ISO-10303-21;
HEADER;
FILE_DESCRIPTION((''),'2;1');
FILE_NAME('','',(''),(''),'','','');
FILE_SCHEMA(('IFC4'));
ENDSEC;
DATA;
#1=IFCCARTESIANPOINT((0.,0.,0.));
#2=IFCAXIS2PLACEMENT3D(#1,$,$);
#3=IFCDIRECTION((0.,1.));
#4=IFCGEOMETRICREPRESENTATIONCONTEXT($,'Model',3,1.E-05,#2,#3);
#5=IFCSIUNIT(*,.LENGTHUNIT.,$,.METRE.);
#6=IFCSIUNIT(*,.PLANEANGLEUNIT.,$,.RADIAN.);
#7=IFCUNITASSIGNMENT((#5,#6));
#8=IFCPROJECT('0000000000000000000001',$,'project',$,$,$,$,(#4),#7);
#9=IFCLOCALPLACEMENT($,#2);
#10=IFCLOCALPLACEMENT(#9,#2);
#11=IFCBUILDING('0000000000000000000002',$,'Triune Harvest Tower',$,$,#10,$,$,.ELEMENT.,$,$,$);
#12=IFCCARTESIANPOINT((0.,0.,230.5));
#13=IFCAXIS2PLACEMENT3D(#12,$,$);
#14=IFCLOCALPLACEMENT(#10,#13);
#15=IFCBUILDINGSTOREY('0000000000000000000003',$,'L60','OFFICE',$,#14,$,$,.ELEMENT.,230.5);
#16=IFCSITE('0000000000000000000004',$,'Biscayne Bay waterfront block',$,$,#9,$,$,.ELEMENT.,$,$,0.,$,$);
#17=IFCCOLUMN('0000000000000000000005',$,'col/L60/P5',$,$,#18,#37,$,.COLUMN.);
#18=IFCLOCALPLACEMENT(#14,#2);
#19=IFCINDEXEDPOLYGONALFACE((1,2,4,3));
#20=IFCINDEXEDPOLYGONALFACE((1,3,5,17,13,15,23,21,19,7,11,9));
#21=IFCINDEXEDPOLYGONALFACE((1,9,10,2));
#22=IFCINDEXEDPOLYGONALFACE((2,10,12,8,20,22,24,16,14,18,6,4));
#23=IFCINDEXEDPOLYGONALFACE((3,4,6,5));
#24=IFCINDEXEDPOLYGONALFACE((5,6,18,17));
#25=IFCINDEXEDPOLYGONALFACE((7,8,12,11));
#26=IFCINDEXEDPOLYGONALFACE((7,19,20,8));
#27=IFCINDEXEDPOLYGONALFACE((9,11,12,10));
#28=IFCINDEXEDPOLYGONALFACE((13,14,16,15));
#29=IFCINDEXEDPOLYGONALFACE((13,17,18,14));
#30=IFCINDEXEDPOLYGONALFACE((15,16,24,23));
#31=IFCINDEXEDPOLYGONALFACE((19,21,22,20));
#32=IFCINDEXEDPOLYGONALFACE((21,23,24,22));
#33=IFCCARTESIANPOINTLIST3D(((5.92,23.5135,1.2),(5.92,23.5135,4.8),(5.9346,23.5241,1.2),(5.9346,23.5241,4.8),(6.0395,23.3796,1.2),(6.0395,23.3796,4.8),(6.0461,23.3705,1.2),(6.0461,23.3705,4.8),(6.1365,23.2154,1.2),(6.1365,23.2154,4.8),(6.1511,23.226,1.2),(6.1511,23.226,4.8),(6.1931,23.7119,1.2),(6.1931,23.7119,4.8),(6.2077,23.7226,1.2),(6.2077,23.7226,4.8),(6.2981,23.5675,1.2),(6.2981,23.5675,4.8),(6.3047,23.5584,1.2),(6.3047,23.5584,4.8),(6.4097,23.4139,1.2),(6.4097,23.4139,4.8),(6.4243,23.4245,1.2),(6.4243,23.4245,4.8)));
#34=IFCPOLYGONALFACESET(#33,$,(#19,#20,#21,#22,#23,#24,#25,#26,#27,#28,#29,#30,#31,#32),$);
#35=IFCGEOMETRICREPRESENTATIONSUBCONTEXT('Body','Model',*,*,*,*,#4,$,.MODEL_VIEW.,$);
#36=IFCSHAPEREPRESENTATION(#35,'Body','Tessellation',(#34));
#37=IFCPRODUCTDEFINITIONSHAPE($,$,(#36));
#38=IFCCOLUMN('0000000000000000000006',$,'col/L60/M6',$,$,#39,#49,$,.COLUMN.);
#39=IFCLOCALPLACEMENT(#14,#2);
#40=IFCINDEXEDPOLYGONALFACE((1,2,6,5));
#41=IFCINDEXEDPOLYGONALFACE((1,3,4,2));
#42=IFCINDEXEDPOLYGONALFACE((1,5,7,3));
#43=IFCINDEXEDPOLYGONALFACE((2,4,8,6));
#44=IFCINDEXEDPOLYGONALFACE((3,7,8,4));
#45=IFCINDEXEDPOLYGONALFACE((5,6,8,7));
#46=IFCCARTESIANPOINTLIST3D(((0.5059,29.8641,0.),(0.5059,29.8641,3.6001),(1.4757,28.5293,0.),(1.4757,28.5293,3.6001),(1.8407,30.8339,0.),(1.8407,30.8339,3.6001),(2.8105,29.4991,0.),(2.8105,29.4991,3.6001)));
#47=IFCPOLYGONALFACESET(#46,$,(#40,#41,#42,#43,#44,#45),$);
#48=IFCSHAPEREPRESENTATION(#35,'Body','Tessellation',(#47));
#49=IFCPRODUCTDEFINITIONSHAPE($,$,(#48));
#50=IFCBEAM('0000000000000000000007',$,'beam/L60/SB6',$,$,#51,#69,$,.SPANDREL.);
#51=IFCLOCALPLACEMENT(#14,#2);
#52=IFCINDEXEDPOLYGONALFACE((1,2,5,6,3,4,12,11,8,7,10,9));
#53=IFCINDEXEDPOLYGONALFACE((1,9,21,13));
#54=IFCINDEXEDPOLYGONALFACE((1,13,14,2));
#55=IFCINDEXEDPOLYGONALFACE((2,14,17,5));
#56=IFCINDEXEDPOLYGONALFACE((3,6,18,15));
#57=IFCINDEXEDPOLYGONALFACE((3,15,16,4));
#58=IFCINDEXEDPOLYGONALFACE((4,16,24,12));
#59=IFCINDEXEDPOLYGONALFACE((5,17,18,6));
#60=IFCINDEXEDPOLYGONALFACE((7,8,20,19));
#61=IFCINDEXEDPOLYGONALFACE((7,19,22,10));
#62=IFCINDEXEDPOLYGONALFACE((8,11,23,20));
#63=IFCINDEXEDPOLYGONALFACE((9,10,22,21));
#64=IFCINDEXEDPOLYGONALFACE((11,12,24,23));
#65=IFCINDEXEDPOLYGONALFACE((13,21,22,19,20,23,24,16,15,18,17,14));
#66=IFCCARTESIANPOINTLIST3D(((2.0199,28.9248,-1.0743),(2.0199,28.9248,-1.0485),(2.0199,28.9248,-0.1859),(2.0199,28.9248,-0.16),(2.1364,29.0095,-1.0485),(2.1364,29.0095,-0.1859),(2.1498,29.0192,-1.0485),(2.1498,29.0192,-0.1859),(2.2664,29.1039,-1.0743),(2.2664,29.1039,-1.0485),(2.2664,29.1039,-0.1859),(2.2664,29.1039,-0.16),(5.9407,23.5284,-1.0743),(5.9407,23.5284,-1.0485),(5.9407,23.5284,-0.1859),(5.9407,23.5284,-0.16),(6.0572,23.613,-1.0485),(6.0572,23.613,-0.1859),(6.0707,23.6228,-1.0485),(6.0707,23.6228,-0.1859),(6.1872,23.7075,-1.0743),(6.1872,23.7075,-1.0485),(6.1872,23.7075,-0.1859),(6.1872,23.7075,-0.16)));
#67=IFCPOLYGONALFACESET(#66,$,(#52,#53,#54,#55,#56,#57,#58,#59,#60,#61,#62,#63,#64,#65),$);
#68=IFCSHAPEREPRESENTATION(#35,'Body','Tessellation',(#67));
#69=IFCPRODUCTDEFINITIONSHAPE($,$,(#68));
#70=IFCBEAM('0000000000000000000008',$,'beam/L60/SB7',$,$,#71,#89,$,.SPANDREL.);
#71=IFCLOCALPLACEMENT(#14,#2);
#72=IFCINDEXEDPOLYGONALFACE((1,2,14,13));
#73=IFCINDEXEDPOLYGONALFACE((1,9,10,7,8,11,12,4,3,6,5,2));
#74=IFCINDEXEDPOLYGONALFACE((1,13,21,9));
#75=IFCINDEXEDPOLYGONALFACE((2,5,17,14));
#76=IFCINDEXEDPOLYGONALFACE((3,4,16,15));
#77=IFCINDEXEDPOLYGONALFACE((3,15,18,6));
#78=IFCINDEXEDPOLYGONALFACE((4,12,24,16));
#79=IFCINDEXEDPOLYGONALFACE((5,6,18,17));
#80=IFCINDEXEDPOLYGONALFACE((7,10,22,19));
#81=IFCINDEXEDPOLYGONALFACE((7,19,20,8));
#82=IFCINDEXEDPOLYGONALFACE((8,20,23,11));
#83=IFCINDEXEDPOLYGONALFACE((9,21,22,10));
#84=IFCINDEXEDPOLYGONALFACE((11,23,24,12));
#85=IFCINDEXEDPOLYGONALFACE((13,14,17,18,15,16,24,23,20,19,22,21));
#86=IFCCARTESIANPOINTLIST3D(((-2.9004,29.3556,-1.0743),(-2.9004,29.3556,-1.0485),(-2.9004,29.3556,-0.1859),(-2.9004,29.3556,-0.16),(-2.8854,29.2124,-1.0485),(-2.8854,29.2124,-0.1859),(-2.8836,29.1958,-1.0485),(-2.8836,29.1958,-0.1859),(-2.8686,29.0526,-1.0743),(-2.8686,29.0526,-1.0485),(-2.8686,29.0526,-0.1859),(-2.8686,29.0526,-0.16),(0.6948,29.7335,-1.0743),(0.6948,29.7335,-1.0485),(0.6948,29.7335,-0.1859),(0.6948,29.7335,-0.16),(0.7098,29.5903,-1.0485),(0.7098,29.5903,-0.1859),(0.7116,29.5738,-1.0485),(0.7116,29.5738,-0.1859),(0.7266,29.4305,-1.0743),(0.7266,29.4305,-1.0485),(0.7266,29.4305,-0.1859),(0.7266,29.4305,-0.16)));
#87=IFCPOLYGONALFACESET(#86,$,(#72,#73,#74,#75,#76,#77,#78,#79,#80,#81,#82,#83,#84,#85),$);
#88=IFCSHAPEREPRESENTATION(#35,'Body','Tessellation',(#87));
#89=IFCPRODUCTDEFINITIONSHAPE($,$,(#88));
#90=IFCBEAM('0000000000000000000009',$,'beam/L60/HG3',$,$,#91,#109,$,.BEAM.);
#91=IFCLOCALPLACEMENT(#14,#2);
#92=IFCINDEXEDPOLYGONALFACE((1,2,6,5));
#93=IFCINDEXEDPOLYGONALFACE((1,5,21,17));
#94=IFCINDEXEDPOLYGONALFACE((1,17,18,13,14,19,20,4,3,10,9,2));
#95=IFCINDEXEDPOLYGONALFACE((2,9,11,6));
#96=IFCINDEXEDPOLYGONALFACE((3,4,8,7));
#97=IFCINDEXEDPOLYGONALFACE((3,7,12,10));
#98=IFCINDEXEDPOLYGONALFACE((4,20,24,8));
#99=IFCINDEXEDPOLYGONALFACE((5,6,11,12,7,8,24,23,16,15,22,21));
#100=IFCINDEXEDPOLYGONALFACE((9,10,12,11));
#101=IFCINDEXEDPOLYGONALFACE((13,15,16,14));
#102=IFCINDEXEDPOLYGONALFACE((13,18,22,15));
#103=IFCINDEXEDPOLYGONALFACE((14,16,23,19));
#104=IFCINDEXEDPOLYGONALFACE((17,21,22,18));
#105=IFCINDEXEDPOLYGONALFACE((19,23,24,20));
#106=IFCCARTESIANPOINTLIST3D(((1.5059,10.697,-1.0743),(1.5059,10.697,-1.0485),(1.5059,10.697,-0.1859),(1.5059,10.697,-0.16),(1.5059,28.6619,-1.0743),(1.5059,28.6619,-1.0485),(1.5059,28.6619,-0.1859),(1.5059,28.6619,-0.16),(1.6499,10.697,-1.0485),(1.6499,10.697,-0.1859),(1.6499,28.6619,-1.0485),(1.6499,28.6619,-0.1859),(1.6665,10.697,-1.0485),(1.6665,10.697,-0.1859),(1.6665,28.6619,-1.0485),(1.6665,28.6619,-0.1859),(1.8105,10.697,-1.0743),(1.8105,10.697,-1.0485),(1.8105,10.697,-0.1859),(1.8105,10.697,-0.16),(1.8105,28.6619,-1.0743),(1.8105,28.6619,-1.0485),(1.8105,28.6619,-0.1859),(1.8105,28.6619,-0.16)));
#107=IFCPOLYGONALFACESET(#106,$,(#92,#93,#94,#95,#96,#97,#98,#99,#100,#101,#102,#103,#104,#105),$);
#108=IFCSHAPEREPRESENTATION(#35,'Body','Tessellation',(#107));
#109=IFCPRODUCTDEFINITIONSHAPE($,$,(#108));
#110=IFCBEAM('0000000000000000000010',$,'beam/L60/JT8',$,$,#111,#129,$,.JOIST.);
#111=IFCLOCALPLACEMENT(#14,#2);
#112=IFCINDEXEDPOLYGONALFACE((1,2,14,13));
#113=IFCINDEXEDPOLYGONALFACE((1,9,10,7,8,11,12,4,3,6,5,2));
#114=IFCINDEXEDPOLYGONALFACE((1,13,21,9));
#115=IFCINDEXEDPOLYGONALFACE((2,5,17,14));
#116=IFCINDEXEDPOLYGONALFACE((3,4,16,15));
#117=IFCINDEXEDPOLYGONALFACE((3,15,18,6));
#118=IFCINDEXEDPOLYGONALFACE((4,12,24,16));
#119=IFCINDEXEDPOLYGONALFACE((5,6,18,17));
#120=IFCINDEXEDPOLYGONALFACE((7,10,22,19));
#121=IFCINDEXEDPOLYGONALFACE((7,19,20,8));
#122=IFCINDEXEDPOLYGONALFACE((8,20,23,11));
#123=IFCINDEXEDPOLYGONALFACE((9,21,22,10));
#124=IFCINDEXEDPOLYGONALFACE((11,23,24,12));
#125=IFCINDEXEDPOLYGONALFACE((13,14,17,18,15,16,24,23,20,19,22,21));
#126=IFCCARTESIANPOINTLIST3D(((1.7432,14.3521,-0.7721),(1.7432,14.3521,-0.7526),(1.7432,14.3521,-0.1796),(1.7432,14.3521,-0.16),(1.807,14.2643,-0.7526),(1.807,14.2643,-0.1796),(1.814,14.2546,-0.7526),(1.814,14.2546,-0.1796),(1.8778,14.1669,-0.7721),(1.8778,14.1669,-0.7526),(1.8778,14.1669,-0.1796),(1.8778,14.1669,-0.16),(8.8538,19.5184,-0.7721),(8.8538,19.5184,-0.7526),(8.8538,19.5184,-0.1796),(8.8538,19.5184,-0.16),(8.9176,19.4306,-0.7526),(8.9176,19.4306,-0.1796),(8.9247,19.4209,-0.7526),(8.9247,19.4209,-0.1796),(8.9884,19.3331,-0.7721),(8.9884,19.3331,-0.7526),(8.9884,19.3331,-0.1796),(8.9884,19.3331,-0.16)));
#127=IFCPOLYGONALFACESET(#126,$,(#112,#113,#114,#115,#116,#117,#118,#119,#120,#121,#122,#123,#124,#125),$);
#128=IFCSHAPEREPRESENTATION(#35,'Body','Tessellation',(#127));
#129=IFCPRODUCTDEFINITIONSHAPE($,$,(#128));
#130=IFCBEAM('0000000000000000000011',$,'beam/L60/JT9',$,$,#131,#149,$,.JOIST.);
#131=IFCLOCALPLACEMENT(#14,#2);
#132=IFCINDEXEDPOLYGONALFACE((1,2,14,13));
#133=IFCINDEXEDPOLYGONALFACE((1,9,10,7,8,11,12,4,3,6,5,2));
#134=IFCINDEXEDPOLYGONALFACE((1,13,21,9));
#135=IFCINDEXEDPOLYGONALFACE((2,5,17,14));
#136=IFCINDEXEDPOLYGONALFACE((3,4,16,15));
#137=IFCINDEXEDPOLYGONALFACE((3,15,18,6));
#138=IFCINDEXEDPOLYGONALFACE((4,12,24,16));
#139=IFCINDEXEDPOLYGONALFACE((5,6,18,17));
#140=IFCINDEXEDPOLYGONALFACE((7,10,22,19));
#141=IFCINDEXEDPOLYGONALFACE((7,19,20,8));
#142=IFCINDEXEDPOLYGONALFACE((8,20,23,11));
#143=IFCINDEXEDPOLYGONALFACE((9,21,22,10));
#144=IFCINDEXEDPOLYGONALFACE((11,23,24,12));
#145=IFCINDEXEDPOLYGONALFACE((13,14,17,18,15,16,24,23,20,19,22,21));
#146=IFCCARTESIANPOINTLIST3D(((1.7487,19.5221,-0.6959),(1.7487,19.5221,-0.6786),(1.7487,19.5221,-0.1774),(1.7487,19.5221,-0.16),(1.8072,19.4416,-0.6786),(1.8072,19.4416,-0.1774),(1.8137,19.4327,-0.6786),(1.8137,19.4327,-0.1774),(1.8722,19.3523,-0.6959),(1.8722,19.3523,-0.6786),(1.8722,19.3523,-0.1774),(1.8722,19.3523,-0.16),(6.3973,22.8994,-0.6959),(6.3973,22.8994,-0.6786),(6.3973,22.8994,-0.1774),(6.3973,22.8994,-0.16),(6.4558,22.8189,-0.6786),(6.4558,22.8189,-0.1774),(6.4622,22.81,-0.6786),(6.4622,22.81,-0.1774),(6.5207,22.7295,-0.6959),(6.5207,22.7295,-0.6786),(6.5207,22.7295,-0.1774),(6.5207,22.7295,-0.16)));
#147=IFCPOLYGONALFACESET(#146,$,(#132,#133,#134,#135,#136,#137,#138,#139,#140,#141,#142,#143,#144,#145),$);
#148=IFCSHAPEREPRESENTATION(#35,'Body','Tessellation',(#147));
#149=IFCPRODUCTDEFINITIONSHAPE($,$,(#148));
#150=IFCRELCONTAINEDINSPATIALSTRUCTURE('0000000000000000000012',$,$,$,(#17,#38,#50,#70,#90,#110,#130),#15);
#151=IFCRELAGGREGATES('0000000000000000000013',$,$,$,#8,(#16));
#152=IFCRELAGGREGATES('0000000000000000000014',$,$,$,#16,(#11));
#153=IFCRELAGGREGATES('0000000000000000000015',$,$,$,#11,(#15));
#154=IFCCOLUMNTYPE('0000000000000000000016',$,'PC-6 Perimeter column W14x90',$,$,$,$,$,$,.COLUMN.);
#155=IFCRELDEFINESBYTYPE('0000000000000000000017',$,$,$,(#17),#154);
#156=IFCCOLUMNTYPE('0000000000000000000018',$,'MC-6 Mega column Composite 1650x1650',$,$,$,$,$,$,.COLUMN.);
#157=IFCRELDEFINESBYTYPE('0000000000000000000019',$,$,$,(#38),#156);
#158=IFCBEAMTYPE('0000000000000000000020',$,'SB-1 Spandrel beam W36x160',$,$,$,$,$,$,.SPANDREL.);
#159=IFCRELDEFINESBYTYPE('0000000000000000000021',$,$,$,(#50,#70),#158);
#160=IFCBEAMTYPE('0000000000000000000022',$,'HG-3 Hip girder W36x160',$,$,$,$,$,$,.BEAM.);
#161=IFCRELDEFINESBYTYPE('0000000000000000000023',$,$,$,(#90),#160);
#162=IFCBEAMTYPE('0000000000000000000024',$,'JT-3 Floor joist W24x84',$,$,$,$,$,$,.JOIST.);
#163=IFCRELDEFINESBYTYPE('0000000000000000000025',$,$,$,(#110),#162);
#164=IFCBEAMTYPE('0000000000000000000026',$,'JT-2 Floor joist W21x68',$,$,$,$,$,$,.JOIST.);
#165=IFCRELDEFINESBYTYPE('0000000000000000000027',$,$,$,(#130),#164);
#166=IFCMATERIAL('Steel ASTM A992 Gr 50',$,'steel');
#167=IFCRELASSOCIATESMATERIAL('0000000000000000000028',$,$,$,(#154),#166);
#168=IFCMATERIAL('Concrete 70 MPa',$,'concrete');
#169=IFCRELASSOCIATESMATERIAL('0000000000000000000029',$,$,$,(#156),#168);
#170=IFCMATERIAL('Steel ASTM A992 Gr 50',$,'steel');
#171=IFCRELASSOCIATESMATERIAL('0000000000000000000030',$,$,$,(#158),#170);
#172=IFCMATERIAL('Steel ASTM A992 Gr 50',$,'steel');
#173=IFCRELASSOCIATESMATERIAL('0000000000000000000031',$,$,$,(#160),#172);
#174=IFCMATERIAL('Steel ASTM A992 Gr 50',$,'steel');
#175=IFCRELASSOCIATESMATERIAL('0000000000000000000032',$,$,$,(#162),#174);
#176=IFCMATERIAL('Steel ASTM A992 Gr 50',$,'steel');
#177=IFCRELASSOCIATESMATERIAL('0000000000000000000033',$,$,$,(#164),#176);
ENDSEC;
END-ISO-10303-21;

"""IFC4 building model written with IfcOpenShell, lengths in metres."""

from ifc_helpers import new_model, si_unit, direction, frame, origin, origin_2d, place, context, subcontext, project, spatial, rectangle, i_section, extrude, source, transform, mapped, material, material_profile, profile_set, type_object, element, save


model = new_model("IFC4")

# Units and contexts
model_context = context("Model", 3, precision=1e-05, world=origin(), true_north=direction((0.0, 1.0)))
body_context = subcontext(model_context, "Body", "Model", "MODEL_VIEW")
ifc_project = project(units=[si_unit("LENGTHUNIT", "METRE"), si_unit("PLANEANGLEUNIT", "RADIAN")], contexts=[model_context])

# Site, building, storey
site_placement = place(None, origin())
site = spatial("IfcSite", under=ifc_project, at=site_placement, Name="Biscayne Bay waterfront block", CompositionType="ELEMENT", RefElevation=0.0)
building_placement = place(site_placement, origin())
building = spatial("IfcBuilding", under=site, at=building_placement, Name="Triune Harvest Tower", CompositionType="ELEMENT")
storey_placement = place(building_placement, frame((0.0, 0.0, 230.5)))
storey = spatial("IfcBuildingStorey", under=building, at=storey_placement, Name="L60", Description="OFFICE", CompositionType="ELEMENT", Elevation=230.5)

# Columns
ifc_material_1 = material(Name="Steel ASTM A992 Gr 50", Category="steel")
ifc_material_profile_1 = material_profile(ifc_material_1, i_section(OverallWidth=0.3684, OverallDepth=0.3557, WebThickness=0.0112, FlangeThickness=0.0181, at=origin_2d()), Name="W14x90")
ifc_profile_set_1 = profile_set([ifc_material_profile_1], Name="Steel ASTM A992 Gr 50")
column_type_1 = type_object("IfcColumnType", Name="PC-6 Perimeter column W14x90", PredefinedType="COLUMN", material=ifc_profile_set_1)
shared_shape_1 = source(origin(), body_context, "Body", "SweptSolid", [
    extrude(i_section(OverallWidth=0.3684, OverallDepth=0.3557, WebThickness=0.0112, FlangeThickness=0.0181, at=origin_2d()), origin(), (0.0, 0.0, 1.0), 3.6001),
])
column_1_placement = place(storey_placement, frame((6.1721, 23.469, 1.2), z_axis=(0.0, 0.0, 1.0), x_axis=(-0.587785, 0.809017, 0.0)))
element("IfcColumn", 1, at=column_1_placement, inside=storey, type_object=column_type_1, Name="col/L60/P5", PredefinedType="COLUMN", context=body_context, shape_type="MappedRepresentation", body=[
    mapped(shared_shape_1, transform((0.0, 0.0, 0.0), scale=1.0)),
])
ifc_material_2 = material(Name="Concrete 70 MPa", Category="concrete")
ifc_material_profile_2 = material_profile(ifc_material_2, rectangle(XDim=1.6499, YDim=1.6499, at=origin_2d()), Name="Composite 1650x1650")
ifc_profile_set_2 = profile_set([ifc_material_profile_2], Name="Concrete 70 MPa")
column_type_2 = type_object("IfcColumnType", Name="MC-6 Mega column Composite 1650x1650", PredefinedType="COLUMN", material=ifc_profile_set_2)
shared_shape_2 = source(origin(), body_context, "Body", "SweptSolid", [
    extrude(rectangle(XDim=1.6499, YDim=1.6499, at=origin_2d()), origin(), (0.0, 0.0, 1.0), 3.6001),
])
column_2_placement = place(storey_placement, frame((1.6582, 29.6816, 0.0), z_axis=(0.0, 0.0, 1.0), x_axis=(-0.587785, 0.809017, 0.0)))
element("IfcColumn", 2, at=column_2_placement, inside=storey, type_object=column_type_2, Name="col/L60/M6", PredefinedType="COLUMN", context=body_context, shape_type="MappedRepresentation", body=[
    mapped(shared_shape_2, transform((0.0, 0.0, 0.0), scale=1.0)),
])

# Beams
ifc_material_3 = material(Name="Steel ASTM A992 Gr 50", Category="steel")
ifc_material_profile_3 = material_profile(ifc_material_3, i_section(OverallWidth=0.3047, OverallDepth=0.9143, WebThickness=0.0166, FlangeThickness=0.0259, at=origin_2d()), Name="W36x160")
ifc_profile_set_3 = profile_set([ifc_material_profile_3], Name="Steel ASTM A992 Gr 50")
beam_type_1 = type_object("IfcBeamType", Name="SB-1 Spandrel beam W36x160", PredefinedType="SPANDREL", material=ifc_profile_set_3)
shared_shape_3 = source(origin(), body_context, "Body", "SweptSolid", [
    extrude(i_section(OverallWidth=0.3047, OverallDepth=0.9143, WebThickness=0.0166, FlangeThickness=0.0259, at=origin_2d()), origin(), (0.0, 0.0, 1.0), 6.6704),
])
beam_1_placement = place(storey_placement, frame((6.064, 23.6179, -0.6172), z_axis=(-0.587797, 0.809008, 0.0), x_axis=(-0.809008, -0.587797, 0.0)))
element("IfcBeam", 3, at=beam_1_placement, inside=storey, type_object=beam_type_1, Name="beam/L60/SB6", PredefinedType="SPANDREL", context=body_context, shape_type="MappedRepresentation", body=[
    mapped(shared_shape_3, transform((0.0, 0.0, 0.0), scale=1.0)),
])
shared_shape_4 = source(origin(), body_context, "Body", "SweptSolid", [
    extrude(i_section(OverallWidth=0.3047, OverallDepth=0.9143, WebThickness=0.0166, FlangeThickness=0.0259, at=origin_2d()), origin(), (0.0, 0.0, 1.0), 3.615),
])
beam_2_placement = place(storey_placement, frame((0.7107, 29.582, -0.6172), z_axis=(-0.99452, -0.104544, 0.0), x_axis=(0.104544, -0.99452, 0.0)))
element("IfcBeam", 4, at=beam_2_placement, inside=storey, type_object=beam_type_1, Name="beam/L60/SB7", PredefinedType="SPANDREL", context=body_context, shape_type="MappedRepresentation", body=[
    mapped(shared_shape_4, transform((0.0, 0.0, 0.0), scale=1.0)),
])
ifc_material_4 = material(Name="Steel ASTM A992 Gr 50", Category="steel")
ifc_material_profile_4 = material_profile(ifc_material_4, i_section(OverallWidth=0.3047, OverallDepth=0.9143, WebThickness=0.0166, FlangeThickness=0.0259, at=origin_2d()), Name="W36x160")
ifc_profile_set_4 = profile_set([ifc_material_profile_4], Name="Steel ASTM A992 Gr 50")
beam_type_2 = type_object("IfcBeamType", Name="HG-3 Hip girder W36x160", PredefinedType="BEAM", material=ifc_profile_set_4)
shared_shape_5 = source(origin(), body_context, "Body", "SweptSolid", [
    extrude(i_section(OverallWidth=0.3047, OverallDepth=0.9143, WebThickness=0.0166, FlangeThickness=0.0259, at=origin_2d()), origin(), (0.0, 0.0, 1.0), 17.9648),
])
beam_3_placement = place(storey_placement, frame((1.6582, 28.6619, -0.6172), z_axis=(0.0, -1.0, 0.0), x_axis=(1.0, 0.0, 0.0)))
element("IfcBeam", 5, at=beam_3_placement, inside=storey, type_object=beam_type_2, Name="beam/L60/HG3", PredefinedType="BEAM", context=body_context, shape_type="MappedRepresentation", body=[
    mapped(shared_shape_5, transform((0.0, 0.0, 0.0), scale=1.0)),
])
ifc_material_5 = material(Name="Steel ASTM A992 Gr 50", Category="steel")
ifc_material_profile_5 = material_profile(ifc_material_5, i_section(OverallWidth=0.229, OverallDepth=0.6121, WebThickness=0.012, FlangeThickness=0.0195, at=origin_2d()), Name="W24x84")
ifc_profile_set_5 = profile_set([ifc_material_profile_5], Name="Steel ASTM A992 Gr 50")
beam_type_3 = type_object("IfcBeamType", Name="JT-3 Floor joist W24x84", PredefinedType="JOIST", material=ifc_profile_set_5)
shared_shape_6 = source(origin(), body_context, "Body", "SweptSolid", [
    extrude(i_section(OverallWidth=0.229, OverallDepth=0.6121, WebThickness=0.012, FlangeThickness=0.0195, at=origin_2d()), origin(), (0.0, 0.0, 1.0), 8.7893),
])
beam_4_placement = place(storey_placement, frame((8.9211, 19.4258, -0.4661), z_axis=(-0.809011, -0.587793, 0.0), x_axis=(0.587793, -0.809011, 0.0)))
element("IfcBeam", 6, at=beam_4_placement, inside=storey, type_object=beam_type_3, Name="beam/L60/JT8", PredefinedType="JOIST", context=body_context, shape_type="MappedRepresentation", body=[
    mapped(shared_shape_6, transform((0.0, 0.0, 0.0), scale=1.0)),
])
ifc_material_6 = material(Name="Steel ASTM A992 Gr 50", Category="steel")
ifc_material_profile_6 = material_profile(ifc_material_6, i_section(OverallWidth=0.21, OverallDepth=0.5359, WebThickness=0.011, FlangeThickness=0.0173, at=origin_2d()), Name="W21x68")
ifc_profile_set_6 = profile_set([ifc_material_profile_6], Name="Steel ASTM A992 Gr 50")
beam_type_4 = type_object("IfcBeamType", Name="JT-2 Floor joist W21x68", PredefinedType="JOIST", material=ifc_profile_set_6)
shared_shape_7 = source(origin(), body_context, "Body", "SweptSolid", [
    extrude(i_section(OverallWidth=0.21, OverallDepth=0.5359, WebThickness=0.011, FlangeThickness=0.0173, at=origin_2d()), origin(), (0.0, 0.0, 1.0), 5.7458),
])
beam_5_placement = place(storey_placement, frame((6.459, 22.8145, -0.428), z_axis=(-0.809024, -0.587775, 0.0), x_axis=(0.587775, -0.809024, 0.0)))
element("IfcBeam", 7, at=beam_5_placement, inside=storey, type_object=beam_type_4, Name="beam/L60/JT9", PredefinedType="JOIST", context=body_context, shape_type="MappedRepresentation", body=[
    mapped(shared_shape_7, transform((0.0, 0.0, 0.0), scale=1.0)),
])

save(model, "model.ifc")
